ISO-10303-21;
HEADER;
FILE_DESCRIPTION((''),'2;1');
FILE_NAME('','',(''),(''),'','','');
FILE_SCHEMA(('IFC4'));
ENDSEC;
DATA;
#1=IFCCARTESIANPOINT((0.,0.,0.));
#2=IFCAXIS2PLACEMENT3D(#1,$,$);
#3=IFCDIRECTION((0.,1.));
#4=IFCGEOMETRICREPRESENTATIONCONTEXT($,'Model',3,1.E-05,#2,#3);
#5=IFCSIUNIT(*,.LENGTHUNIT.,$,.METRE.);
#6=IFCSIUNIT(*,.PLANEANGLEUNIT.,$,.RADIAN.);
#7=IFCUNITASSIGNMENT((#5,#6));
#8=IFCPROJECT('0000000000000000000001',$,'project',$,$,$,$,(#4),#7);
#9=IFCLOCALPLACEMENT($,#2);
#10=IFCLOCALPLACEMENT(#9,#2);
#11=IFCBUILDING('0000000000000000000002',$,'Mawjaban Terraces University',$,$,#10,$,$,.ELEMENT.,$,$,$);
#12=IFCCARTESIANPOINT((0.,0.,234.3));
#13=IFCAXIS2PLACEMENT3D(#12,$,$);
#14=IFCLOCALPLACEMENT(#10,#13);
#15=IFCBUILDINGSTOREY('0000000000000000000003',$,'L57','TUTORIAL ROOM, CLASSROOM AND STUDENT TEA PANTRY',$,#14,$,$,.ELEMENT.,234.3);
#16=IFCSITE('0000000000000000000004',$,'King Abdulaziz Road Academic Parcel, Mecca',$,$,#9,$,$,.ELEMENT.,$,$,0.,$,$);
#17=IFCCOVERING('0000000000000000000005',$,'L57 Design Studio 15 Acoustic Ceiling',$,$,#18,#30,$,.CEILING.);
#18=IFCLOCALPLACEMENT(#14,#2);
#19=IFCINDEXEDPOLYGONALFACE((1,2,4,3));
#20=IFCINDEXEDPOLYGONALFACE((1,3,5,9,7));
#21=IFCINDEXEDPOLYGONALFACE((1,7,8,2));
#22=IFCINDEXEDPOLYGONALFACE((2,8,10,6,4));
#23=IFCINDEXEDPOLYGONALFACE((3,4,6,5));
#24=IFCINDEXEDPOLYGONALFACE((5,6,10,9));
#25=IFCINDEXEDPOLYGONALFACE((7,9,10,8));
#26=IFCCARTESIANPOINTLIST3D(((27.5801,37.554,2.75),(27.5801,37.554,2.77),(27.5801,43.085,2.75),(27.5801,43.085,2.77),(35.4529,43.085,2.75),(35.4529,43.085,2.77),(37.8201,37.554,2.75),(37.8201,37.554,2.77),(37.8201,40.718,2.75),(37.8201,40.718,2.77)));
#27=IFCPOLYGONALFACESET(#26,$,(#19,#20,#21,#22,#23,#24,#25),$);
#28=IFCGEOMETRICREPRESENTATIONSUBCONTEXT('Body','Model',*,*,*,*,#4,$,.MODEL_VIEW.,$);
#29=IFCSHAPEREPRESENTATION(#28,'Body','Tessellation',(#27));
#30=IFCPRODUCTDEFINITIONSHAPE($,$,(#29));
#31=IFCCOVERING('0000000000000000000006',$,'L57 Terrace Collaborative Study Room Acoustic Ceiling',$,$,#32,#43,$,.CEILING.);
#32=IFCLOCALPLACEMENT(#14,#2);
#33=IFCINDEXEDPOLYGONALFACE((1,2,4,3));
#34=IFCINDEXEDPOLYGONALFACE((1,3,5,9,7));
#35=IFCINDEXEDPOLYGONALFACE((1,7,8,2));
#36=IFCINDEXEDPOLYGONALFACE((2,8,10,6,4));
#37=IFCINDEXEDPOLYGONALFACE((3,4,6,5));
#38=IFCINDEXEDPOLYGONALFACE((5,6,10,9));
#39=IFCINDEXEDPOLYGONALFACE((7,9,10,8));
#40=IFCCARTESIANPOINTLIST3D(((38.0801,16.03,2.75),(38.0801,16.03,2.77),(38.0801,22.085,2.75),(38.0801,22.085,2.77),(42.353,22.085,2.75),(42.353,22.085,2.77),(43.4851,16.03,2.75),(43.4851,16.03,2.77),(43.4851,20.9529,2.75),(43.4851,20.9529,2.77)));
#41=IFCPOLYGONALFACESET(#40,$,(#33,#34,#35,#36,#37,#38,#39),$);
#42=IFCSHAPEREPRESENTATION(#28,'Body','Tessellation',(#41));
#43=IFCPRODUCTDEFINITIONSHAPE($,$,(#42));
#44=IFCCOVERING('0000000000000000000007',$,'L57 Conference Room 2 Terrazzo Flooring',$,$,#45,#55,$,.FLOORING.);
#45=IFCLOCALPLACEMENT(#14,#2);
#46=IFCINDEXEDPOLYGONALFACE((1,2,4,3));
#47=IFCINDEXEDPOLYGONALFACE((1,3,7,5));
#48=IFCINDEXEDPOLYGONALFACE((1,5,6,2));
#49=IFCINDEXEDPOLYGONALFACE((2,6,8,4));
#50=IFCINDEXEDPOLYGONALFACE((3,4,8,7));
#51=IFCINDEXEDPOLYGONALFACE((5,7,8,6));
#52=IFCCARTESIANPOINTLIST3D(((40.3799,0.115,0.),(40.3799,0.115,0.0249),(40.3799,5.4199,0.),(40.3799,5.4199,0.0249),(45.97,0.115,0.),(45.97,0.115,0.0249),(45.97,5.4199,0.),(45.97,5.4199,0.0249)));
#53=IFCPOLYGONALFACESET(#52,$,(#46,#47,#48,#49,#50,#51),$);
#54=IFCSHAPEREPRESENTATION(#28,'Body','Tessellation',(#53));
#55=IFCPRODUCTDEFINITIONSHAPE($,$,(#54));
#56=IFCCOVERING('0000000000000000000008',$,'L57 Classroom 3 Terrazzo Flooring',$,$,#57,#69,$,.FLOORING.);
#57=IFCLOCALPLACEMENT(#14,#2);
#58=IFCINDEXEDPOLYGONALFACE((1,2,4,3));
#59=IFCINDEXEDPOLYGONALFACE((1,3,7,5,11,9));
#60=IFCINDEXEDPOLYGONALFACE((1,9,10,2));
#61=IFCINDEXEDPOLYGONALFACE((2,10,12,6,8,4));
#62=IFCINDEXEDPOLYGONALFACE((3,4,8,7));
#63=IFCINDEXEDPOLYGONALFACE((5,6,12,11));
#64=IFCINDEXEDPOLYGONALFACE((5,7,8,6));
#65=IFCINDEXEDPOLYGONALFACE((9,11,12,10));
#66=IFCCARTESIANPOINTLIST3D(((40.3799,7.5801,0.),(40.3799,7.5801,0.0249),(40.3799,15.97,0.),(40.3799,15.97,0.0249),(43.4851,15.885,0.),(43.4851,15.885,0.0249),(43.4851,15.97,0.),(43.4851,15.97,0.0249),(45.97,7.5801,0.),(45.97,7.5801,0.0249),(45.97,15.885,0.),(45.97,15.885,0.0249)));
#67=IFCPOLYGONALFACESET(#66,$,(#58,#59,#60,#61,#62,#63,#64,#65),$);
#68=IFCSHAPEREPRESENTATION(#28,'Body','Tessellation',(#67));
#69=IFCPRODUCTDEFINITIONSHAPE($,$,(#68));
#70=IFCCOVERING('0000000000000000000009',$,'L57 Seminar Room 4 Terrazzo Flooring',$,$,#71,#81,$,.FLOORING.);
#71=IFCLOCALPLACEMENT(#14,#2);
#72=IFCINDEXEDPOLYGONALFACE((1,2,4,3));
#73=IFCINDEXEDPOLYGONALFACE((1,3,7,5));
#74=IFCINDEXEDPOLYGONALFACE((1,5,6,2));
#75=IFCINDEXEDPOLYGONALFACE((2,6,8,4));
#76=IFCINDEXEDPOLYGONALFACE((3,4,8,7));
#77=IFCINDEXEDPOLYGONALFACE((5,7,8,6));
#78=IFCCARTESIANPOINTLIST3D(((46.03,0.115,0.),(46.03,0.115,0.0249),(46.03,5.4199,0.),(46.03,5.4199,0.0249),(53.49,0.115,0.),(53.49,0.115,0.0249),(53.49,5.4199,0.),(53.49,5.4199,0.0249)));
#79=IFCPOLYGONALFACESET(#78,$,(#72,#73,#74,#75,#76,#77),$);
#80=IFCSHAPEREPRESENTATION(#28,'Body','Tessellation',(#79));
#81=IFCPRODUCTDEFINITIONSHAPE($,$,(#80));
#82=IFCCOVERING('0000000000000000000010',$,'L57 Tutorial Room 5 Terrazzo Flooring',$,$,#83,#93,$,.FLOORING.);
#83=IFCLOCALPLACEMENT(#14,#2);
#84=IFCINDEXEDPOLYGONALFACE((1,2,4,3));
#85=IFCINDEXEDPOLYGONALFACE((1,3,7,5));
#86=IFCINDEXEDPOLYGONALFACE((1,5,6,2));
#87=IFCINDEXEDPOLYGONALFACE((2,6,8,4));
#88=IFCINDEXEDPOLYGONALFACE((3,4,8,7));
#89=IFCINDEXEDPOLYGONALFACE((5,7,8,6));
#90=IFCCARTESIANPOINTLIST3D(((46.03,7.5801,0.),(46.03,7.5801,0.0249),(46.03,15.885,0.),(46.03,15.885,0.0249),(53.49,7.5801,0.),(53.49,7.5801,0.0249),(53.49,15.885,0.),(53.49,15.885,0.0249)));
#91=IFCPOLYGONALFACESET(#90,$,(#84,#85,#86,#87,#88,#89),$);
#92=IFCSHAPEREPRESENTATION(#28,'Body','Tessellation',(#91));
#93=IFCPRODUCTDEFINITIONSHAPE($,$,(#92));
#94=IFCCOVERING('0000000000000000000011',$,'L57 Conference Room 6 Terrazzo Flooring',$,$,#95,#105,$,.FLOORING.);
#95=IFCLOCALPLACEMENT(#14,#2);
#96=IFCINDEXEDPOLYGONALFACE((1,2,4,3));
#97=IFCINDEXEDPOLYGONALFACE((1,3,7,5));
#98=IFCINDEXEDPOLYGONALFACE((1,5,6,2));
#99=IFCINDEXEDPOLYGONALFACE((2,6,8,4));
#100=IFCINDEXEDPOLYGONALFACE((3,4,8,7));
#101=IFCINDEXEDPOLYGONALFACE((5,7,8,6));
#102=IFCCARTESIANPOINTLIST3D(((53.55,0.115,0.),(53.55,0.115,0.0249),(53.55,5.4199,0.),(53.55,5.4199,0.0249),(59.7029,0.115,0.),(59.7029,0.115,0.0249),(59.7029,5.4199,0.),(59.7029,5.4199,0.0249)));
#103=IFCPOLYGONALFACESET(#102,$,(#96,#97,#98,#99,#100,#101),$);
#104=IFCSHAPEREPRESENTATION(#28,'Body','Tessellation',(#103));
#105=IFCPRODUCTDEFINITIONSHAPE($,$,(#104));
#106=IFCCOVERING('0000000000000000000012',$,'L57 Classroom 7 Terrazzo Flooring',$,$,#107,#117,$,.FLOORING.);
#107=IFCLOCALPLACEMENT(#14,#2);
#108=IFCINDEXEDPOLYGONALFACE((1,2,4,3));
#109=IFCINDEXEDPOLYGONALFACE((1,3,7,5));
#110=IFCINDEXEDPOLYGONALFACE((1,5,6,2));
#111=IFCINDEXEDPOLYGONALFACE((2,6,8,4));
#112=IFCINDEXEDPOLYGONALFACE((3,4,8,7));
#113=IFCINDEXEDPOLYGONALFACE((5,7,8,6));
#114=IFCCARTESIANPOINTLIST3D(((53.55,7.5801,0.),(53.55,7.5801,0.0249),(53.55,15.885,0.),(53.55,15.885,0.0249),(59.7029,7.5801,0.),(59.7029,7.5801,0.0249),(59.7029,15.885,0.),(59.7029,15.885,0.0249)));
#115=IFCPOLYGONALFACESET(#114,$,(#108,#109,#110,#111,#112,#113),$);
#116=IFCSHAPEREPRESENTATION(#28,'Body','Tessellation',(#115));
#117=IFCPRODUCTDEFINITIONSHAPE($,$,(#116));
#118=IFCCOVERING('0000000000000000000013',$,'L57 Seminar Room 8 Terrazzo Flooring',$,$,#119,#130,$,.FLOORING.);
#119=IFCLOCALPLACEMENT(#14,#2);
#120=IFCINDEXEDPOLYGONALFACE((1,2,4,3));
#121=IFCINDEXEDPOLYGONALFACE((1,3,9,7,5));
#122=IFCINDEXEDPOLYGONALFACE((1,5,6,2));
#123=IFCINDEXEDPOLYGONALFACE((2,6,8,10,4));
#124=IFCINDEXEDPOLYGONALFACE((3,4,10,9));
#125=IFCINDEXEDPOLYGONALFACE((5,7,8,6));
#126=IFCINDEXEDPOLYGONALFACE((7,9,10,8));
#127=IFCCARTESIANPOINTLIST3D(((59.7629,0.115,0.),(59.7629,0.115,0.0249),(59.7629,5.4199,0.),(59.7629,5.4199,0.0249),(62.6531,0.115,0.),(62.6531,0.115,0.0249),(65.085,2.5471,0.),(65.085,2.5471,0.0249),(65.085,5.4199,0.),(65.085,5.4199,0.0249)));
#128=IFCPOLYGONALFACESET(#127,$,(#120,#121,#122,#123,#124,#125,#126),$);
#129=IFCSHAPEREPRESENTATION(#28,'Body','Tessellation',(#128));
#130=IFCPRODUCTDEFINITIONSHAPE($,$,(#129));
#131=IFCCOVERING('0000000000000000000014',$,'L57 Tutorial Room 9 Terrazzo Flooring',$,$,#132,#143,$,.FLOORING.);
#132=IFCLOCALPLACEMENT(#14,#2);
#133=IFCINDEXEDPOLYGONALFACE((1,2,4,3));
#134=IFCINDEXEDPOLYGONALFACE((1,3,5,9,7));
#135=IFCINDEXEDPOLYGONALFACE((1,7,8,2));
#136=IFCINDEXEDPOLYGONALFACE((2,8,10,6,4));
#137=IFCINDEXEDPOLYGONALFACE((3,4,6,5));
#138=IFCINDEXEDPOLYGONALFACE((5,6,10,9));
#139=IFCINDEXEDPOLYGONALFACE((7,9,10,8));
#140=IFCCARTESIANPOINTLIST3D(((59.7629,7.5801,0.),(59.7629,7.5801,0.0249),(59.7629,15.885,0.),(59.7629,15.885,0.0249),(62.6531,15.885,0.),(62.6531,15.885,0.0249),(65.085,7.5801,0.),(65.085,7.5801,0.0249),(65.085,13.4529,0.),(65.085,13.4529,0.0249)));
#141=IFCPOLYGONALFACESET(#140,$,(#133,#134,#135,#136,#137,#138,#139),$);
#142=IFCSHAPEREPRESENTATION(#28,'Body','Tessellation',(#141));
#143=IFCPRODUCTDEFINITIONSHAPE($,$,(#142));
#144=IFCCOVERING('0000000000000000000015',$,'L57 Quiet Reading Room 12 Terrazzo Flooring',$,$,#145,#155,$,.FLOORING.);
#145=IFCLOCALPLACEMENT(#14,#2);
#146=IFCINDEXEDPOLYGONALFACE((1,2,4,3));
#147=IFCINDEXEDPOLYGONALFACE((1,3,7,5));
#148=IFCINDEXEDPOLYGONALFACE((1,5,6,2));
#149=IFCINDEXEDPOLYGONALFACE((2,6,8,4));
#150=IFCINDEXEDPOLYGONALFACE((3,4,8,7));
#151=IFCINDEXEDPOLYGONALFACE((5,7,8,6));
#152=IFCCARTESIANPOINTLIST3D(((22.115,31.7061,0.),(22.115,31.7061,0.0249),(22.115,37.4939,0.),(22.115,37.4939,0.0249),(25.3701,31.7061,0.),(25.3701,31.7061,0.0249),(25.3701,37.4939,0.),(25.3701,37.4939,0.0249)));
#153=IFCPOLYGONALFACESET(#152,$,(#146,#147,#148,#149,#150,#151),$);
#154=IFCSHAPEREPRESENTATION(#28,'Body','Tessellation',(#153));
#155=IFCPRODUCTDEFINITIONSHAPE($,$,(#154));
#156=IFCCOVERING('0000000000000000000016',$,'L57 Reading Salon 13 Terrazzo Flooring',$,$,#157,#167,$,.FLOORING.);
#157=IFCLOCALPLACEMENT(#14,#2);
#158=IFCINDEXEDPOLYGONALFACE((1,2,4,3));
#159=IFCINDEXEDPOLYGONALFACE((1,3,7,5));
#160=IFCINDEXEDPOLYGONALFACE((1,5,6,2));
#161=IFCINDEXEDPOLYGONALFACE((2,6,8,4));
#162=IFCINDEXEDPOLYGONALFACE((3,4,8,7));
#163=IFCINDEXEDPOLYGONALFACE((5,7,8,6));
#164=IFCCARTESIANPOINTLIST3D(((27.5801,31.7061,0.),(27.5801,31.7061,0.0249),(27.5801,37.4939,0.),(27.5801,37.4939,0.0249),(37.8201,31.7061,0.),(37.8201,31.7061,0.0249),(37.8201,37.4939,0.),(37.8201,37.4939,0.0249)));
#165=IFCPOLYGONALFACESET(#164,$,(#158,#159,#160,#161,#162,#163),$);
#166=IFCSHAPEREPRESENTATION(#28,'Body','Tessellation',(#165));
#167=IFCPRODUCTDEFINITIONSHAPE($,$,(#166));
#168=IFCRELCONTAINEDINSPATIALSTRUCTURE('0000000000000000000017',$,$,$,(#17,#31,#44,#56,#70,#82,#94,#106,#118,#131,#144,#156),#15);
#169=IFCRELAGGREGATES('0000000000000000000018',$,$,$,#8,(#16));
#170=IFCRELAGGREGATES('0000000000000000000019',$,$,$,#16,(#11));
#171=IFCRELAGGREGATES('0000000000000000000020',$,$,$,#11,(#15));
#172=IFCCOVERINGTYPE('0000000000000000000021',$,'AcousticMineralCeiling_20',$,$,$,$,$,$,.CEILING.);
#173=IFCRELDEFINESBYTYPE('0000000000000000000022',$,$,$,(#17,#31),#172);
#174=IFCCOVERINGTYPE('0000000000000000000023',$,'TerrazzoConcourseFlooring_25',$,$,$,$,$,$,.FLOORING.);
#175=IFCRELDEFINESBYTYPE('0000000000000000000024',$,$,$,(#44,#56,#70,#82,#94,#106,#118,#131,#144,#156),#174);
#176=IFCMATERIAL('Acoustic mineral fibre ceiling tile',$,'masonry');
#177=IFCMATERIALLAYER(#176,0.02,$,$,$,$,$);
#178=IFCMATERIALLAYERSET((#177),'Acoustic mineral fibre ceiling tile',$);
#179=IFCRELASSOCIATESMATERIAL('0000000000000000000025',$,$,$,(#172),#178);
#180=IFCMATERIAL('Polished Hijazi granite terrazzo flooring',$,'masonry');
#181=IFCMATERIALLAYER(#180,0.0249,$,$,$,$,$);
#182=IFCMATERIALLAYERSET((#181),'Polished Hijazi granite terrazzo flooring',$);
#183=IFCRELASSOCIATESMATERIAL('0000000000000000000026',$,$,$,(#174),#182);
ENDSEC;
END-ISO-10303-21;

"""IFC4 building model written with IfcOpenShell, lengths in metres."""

from ifc_helpers import new_model, si_unit, direction, frame, origin, place, context, subcontext, project, spatial, polyline, outline, extrude, material, layer, layer_set, type_object, element, save


model = new_model("IFC4")

# Units and contexts
model_context = context("Model", 3, precision=1e-05, world=origin(), true_north=direction((0.0, 1.0)))
body_context = subcontext(model_context, "Body", "Model", "MODEL_VIEW")
ifc_project = project(units=[si_unit("LENGTHUNIT", "METRE"), si_unit("PLANEANGLEUNIT", "RADIAN")], contexts=[model_context])

# Site, building, storey
site_placement = place(None, origin())
site = spatial("IfcSite", under=ifc_project, at=site_placement, Name="King Abdulaziz Road Academic Parcel, Mecca", CompositionType="ELEMENT", RefElevation=0.0)
building_placement = place(site_placement, origin())
building = spatial("IfcBuilding", under=site, at=building_placement, Name="Mawjaban Terraces University", CompositionType="ELEMENT")
storey_placement = place(building_placement, frame((0.0, 0.0, 234.3)))
storey = spatial("IfcBuildingStorey", under=building, at=storey_placement, Name="L57", Description="TUTORIAL ROOM, CLASSROOM AND STUDENT TEA PANTRY", CompositionType="ELEMENT", Elevation=234.3)

# Coverings
ifc_material_1 = material(Name="Acoustic mineral fibre ceiling tile", Category="masonry")
ifc_layer_1 = layer(ifc_material_1, 0.02)
ifc_layer_set_1 = layer_set([ifc_layer_1], Name="Acoustic mineral fibre ceiling tile")
covering_type_1 = type_object("IfcCoveringType", Name="AcousticMineralCeiling_20", PredefinedType="CEILING", material=ifc_layer_set_1)
covering_1_placement = place(storey_placement, frame((0.0, 0.0, 2.75)))
element("IfcCovering", 1, at=covering_1_placement, inside=storey, type_object=covering_type_1, Name="L57 Design Studio 15 Acoustic Ceiling", PredefinedType="CEILING", context=body_context, shape_type="SweptSolid", body=[
    extrude(outline(polyline([(37.8201, 40.718), (35.4529, 43.085), (27.5801, 43.085), (27.5801, 37.554), (37.8201, 37.554), (37.8201, 40.718)])), origin(), (0.0, 0.0, 1.0), 0.02),
])
covering_2_placement = place(storey_placement, frame((0.0, 0.0, 2.75)))
element("IfcCovering", 2, at=covering_2_placement, inside=storey, type_object=covering_type_1, Name="L57 Terrace Collaborative Study Room Acoustic Ceiling", PredefinedType="CEILING", context=body_context, shape_type="SweptSolid", body=[
    extrude(outline(polyline([(43.4851, 16.03), (43.4851, 20.9529), (42.353, 22.085), (38.0801, 22.085), (38.0801, 16.03), (43.4851, 16.03)])), origin(), (0.0, 0.0, 1.0), 0.02),
])
ifc_material_2 = material(Name="Polished Hijazi granite terrazzo flooring", Category="masonry")
ifc_layer_2 = layer(ifc_material_2, 0.0249)
ifc_layer_set_2 = layer_set([ifc_layer_2], Name="Polished Hijazi granite terrazzo flooring")
covering_type_2 = type_object("IfcCoveringType", Name="TerrazzoConcourseFlooring_25", PredefinedType="FLOORING", material=ifc_layer_set_2)
covering_3_placement = place(storey_placement, origin())
element("IfcCovering", 3, at=covering_3_placement, inside=storey, type_object=covering_type_2, Name="L57 Conference Room 2 Terrazzo Flooring", PredefinedType="FLOORING", context=body_context, shape_type="SweptSolid", body=[
    extrude(outline(polyline([(40.3799, 0.115), (45.97, 0.115), (45.97, 5.4199), (40.3799, 5.4199), (40.3799, 0.115)])), origin(), (0.0, 0.0, 1.0), 0.0249),
])
covering_4_placement = place(storey_placement, origin())
element("IfcCovering", 4, at=covering_4_placement, inside=storey, type_object=covering_type_2, Name="L57 Classroom 3 Terrazzo Flooring", PredefinedType="FLOORING", context=body_context, shape_type="SweptSolid", body=[
    extrude(outline(polyline([(45.97, 15.885), (43.4851, 15.885), (43.4851, 15.97), (40.3799, 15.97), (40.3799, 7.5801), (45.97, 7.5801), (45.97, 15.885)])), origin(), (0.0, 0.0, 1.0), 0.0249),
])
covering_5_placement = place(storey_placement, origin())
element("IfcCovering", 5, at=covering_5_placement, inside=storey, type_object=covering_type_2, Name="L57 Seminar Room 4 Terrazzo Flooring", PredefinedType="FLOORING", context=body_context, shape_type="SweptSolid", body=[
    extrude(outline(polyline([(46.03, 0.115), (53.49, 0.115), (53.49, 5.4199), (46.03, 5.4199), (46.03, 0.115)])), origin(), (0.0, 0.0, 1.0), 0.0249),
])
covering_6_placement = place(storey_placement, origin())
element("IfcCovering", 6, at=covering_6_placement, inside=storey, type_object=covering_type_2, Name="L57 Tutorial Room 5 Terrazzo Flooring", PredefinedType="FLOORING", context=body_context, shape_type="SweptSolid", body=[
    extrude(outline(polyline([(53.49, 15.885), (46.03, 15.885), (46.03, 7.5801), (53.49, 7.5801), (53.49, 15.885)])), origin(), (0.0, 0.0, 1.0), 0.0249),
])
covering_7_placement = place(storey_placement, origin())
element("IfcCovering", 7, at=covering_7_placement, inside=storey, type_object=covering_type_2, Name="L57 Conference Room 6 Terrazzo Flooring", PredefinedType="FLOORING", context=body_context, shape_type="SweptSolid", body=[
    extrude(outline(polyline([(53.55, 0.115), (59.7029, 0.115), (59.7029, 5.4199), (53.55, 5.4199), (53.55, 0.115)])), origin(), (0.0, 0.0, 1.0), 0.0249),
])
covering_8_placement = place(storey_placement, origin())
element("IfcCovering", 8, at=covering_8_placement, inside=storey, type_object=covering_type_2, Name="L57 Classroom 7 Terrazzo Flooring", PredefinedType="FLOORING", context=body_context, shape_type="SweptSolid", body=[
    extrude(outline(polyline([(59.7029, 15.885), (53.55, 15.885), (53.55, 7.5801), (59.7029, 7.5801), (59.7029, 15.885)])), origin(), (0.0, 0.0, 1.0), 0.0249),
])
covering_9_placement = place(storey_placement, origin())
element("IfcCovering", 9, at=covering_9_placement, inside=storey, type_object=covering_type_2, Name="L57 Seminar Room 8 Terrazzo Flooring", PredefinedType="FLOORING", context=body_context, shape_type="SweptSolid", body=[
    extrude(outline(polyline([(59.7629, 0.115), (62.6531, 0.115), (65.085, 2.5471), (65.085, 5.4199), (59.7629, 5.4199), (59.7629, 0.115)])), origin(), (0.0, 0.0, 1.0), 0.0249),
])
covering_10_placement = place(storey_placement, origin())
element("IfcCovering", 10, at=covering_10_placement, inside=storey, type_object=covering_type_2, Name="L57 Tutorial Room 9 Terrazzo Flooring", PredefinedType="FLOORING", context=body_context, shape_type="SweptSolid", body=[
    extrude(outline(polyline([(65.085, 7.5801), (65.085, 13.4529), (62.6531, 15.885), (59.7629, 15.885), (59.7629, 7.5801), (65.085, 7.5801)])), origin(), (0.0, 0.0, 1.0), 0.0249),
])
covering_11_placement = place(storey_placement, origin())
element("IfcCovering", 11, at=covering_11_placement, inside=storey, type_object=covering_type_2, Name="L57 Quiet Reading Room 12 Terrazzo Flooring", PredefinedType="FLOORING", context=body_context, shape_type="SweptSolid", body=[
    extrude(outline(polyline([(22.115, 37.4939), (22.115, 31.7061), (25.3701, 31.7061), (25.3701, 37.4939), (22.115, 37.4939)])), origin(), (0.0, 0.0, 1.0), 0.0249),
])
covering_12_placement = place(storey_placement, origin())
element("IfcCovering", 12, at=covering_12_placement, inside=storey, type_object=covering_type_2, Name="L57 Reading Salon 13 Terrazzo Flooring", PredefinedType="FLOORING", context=body_context, shape_type="SweptSolid", body=[
    extrude(outline(polyline([(37.8201, 31.7061), (37.8201, 37.4939), (27.5801, 37.4939), (27.5801, 31.7061), (37.8201, 31.7061)])), origin(), (0.0, 0.0, 1.0), 0.0249),
])

save(model, "model.ifc")
